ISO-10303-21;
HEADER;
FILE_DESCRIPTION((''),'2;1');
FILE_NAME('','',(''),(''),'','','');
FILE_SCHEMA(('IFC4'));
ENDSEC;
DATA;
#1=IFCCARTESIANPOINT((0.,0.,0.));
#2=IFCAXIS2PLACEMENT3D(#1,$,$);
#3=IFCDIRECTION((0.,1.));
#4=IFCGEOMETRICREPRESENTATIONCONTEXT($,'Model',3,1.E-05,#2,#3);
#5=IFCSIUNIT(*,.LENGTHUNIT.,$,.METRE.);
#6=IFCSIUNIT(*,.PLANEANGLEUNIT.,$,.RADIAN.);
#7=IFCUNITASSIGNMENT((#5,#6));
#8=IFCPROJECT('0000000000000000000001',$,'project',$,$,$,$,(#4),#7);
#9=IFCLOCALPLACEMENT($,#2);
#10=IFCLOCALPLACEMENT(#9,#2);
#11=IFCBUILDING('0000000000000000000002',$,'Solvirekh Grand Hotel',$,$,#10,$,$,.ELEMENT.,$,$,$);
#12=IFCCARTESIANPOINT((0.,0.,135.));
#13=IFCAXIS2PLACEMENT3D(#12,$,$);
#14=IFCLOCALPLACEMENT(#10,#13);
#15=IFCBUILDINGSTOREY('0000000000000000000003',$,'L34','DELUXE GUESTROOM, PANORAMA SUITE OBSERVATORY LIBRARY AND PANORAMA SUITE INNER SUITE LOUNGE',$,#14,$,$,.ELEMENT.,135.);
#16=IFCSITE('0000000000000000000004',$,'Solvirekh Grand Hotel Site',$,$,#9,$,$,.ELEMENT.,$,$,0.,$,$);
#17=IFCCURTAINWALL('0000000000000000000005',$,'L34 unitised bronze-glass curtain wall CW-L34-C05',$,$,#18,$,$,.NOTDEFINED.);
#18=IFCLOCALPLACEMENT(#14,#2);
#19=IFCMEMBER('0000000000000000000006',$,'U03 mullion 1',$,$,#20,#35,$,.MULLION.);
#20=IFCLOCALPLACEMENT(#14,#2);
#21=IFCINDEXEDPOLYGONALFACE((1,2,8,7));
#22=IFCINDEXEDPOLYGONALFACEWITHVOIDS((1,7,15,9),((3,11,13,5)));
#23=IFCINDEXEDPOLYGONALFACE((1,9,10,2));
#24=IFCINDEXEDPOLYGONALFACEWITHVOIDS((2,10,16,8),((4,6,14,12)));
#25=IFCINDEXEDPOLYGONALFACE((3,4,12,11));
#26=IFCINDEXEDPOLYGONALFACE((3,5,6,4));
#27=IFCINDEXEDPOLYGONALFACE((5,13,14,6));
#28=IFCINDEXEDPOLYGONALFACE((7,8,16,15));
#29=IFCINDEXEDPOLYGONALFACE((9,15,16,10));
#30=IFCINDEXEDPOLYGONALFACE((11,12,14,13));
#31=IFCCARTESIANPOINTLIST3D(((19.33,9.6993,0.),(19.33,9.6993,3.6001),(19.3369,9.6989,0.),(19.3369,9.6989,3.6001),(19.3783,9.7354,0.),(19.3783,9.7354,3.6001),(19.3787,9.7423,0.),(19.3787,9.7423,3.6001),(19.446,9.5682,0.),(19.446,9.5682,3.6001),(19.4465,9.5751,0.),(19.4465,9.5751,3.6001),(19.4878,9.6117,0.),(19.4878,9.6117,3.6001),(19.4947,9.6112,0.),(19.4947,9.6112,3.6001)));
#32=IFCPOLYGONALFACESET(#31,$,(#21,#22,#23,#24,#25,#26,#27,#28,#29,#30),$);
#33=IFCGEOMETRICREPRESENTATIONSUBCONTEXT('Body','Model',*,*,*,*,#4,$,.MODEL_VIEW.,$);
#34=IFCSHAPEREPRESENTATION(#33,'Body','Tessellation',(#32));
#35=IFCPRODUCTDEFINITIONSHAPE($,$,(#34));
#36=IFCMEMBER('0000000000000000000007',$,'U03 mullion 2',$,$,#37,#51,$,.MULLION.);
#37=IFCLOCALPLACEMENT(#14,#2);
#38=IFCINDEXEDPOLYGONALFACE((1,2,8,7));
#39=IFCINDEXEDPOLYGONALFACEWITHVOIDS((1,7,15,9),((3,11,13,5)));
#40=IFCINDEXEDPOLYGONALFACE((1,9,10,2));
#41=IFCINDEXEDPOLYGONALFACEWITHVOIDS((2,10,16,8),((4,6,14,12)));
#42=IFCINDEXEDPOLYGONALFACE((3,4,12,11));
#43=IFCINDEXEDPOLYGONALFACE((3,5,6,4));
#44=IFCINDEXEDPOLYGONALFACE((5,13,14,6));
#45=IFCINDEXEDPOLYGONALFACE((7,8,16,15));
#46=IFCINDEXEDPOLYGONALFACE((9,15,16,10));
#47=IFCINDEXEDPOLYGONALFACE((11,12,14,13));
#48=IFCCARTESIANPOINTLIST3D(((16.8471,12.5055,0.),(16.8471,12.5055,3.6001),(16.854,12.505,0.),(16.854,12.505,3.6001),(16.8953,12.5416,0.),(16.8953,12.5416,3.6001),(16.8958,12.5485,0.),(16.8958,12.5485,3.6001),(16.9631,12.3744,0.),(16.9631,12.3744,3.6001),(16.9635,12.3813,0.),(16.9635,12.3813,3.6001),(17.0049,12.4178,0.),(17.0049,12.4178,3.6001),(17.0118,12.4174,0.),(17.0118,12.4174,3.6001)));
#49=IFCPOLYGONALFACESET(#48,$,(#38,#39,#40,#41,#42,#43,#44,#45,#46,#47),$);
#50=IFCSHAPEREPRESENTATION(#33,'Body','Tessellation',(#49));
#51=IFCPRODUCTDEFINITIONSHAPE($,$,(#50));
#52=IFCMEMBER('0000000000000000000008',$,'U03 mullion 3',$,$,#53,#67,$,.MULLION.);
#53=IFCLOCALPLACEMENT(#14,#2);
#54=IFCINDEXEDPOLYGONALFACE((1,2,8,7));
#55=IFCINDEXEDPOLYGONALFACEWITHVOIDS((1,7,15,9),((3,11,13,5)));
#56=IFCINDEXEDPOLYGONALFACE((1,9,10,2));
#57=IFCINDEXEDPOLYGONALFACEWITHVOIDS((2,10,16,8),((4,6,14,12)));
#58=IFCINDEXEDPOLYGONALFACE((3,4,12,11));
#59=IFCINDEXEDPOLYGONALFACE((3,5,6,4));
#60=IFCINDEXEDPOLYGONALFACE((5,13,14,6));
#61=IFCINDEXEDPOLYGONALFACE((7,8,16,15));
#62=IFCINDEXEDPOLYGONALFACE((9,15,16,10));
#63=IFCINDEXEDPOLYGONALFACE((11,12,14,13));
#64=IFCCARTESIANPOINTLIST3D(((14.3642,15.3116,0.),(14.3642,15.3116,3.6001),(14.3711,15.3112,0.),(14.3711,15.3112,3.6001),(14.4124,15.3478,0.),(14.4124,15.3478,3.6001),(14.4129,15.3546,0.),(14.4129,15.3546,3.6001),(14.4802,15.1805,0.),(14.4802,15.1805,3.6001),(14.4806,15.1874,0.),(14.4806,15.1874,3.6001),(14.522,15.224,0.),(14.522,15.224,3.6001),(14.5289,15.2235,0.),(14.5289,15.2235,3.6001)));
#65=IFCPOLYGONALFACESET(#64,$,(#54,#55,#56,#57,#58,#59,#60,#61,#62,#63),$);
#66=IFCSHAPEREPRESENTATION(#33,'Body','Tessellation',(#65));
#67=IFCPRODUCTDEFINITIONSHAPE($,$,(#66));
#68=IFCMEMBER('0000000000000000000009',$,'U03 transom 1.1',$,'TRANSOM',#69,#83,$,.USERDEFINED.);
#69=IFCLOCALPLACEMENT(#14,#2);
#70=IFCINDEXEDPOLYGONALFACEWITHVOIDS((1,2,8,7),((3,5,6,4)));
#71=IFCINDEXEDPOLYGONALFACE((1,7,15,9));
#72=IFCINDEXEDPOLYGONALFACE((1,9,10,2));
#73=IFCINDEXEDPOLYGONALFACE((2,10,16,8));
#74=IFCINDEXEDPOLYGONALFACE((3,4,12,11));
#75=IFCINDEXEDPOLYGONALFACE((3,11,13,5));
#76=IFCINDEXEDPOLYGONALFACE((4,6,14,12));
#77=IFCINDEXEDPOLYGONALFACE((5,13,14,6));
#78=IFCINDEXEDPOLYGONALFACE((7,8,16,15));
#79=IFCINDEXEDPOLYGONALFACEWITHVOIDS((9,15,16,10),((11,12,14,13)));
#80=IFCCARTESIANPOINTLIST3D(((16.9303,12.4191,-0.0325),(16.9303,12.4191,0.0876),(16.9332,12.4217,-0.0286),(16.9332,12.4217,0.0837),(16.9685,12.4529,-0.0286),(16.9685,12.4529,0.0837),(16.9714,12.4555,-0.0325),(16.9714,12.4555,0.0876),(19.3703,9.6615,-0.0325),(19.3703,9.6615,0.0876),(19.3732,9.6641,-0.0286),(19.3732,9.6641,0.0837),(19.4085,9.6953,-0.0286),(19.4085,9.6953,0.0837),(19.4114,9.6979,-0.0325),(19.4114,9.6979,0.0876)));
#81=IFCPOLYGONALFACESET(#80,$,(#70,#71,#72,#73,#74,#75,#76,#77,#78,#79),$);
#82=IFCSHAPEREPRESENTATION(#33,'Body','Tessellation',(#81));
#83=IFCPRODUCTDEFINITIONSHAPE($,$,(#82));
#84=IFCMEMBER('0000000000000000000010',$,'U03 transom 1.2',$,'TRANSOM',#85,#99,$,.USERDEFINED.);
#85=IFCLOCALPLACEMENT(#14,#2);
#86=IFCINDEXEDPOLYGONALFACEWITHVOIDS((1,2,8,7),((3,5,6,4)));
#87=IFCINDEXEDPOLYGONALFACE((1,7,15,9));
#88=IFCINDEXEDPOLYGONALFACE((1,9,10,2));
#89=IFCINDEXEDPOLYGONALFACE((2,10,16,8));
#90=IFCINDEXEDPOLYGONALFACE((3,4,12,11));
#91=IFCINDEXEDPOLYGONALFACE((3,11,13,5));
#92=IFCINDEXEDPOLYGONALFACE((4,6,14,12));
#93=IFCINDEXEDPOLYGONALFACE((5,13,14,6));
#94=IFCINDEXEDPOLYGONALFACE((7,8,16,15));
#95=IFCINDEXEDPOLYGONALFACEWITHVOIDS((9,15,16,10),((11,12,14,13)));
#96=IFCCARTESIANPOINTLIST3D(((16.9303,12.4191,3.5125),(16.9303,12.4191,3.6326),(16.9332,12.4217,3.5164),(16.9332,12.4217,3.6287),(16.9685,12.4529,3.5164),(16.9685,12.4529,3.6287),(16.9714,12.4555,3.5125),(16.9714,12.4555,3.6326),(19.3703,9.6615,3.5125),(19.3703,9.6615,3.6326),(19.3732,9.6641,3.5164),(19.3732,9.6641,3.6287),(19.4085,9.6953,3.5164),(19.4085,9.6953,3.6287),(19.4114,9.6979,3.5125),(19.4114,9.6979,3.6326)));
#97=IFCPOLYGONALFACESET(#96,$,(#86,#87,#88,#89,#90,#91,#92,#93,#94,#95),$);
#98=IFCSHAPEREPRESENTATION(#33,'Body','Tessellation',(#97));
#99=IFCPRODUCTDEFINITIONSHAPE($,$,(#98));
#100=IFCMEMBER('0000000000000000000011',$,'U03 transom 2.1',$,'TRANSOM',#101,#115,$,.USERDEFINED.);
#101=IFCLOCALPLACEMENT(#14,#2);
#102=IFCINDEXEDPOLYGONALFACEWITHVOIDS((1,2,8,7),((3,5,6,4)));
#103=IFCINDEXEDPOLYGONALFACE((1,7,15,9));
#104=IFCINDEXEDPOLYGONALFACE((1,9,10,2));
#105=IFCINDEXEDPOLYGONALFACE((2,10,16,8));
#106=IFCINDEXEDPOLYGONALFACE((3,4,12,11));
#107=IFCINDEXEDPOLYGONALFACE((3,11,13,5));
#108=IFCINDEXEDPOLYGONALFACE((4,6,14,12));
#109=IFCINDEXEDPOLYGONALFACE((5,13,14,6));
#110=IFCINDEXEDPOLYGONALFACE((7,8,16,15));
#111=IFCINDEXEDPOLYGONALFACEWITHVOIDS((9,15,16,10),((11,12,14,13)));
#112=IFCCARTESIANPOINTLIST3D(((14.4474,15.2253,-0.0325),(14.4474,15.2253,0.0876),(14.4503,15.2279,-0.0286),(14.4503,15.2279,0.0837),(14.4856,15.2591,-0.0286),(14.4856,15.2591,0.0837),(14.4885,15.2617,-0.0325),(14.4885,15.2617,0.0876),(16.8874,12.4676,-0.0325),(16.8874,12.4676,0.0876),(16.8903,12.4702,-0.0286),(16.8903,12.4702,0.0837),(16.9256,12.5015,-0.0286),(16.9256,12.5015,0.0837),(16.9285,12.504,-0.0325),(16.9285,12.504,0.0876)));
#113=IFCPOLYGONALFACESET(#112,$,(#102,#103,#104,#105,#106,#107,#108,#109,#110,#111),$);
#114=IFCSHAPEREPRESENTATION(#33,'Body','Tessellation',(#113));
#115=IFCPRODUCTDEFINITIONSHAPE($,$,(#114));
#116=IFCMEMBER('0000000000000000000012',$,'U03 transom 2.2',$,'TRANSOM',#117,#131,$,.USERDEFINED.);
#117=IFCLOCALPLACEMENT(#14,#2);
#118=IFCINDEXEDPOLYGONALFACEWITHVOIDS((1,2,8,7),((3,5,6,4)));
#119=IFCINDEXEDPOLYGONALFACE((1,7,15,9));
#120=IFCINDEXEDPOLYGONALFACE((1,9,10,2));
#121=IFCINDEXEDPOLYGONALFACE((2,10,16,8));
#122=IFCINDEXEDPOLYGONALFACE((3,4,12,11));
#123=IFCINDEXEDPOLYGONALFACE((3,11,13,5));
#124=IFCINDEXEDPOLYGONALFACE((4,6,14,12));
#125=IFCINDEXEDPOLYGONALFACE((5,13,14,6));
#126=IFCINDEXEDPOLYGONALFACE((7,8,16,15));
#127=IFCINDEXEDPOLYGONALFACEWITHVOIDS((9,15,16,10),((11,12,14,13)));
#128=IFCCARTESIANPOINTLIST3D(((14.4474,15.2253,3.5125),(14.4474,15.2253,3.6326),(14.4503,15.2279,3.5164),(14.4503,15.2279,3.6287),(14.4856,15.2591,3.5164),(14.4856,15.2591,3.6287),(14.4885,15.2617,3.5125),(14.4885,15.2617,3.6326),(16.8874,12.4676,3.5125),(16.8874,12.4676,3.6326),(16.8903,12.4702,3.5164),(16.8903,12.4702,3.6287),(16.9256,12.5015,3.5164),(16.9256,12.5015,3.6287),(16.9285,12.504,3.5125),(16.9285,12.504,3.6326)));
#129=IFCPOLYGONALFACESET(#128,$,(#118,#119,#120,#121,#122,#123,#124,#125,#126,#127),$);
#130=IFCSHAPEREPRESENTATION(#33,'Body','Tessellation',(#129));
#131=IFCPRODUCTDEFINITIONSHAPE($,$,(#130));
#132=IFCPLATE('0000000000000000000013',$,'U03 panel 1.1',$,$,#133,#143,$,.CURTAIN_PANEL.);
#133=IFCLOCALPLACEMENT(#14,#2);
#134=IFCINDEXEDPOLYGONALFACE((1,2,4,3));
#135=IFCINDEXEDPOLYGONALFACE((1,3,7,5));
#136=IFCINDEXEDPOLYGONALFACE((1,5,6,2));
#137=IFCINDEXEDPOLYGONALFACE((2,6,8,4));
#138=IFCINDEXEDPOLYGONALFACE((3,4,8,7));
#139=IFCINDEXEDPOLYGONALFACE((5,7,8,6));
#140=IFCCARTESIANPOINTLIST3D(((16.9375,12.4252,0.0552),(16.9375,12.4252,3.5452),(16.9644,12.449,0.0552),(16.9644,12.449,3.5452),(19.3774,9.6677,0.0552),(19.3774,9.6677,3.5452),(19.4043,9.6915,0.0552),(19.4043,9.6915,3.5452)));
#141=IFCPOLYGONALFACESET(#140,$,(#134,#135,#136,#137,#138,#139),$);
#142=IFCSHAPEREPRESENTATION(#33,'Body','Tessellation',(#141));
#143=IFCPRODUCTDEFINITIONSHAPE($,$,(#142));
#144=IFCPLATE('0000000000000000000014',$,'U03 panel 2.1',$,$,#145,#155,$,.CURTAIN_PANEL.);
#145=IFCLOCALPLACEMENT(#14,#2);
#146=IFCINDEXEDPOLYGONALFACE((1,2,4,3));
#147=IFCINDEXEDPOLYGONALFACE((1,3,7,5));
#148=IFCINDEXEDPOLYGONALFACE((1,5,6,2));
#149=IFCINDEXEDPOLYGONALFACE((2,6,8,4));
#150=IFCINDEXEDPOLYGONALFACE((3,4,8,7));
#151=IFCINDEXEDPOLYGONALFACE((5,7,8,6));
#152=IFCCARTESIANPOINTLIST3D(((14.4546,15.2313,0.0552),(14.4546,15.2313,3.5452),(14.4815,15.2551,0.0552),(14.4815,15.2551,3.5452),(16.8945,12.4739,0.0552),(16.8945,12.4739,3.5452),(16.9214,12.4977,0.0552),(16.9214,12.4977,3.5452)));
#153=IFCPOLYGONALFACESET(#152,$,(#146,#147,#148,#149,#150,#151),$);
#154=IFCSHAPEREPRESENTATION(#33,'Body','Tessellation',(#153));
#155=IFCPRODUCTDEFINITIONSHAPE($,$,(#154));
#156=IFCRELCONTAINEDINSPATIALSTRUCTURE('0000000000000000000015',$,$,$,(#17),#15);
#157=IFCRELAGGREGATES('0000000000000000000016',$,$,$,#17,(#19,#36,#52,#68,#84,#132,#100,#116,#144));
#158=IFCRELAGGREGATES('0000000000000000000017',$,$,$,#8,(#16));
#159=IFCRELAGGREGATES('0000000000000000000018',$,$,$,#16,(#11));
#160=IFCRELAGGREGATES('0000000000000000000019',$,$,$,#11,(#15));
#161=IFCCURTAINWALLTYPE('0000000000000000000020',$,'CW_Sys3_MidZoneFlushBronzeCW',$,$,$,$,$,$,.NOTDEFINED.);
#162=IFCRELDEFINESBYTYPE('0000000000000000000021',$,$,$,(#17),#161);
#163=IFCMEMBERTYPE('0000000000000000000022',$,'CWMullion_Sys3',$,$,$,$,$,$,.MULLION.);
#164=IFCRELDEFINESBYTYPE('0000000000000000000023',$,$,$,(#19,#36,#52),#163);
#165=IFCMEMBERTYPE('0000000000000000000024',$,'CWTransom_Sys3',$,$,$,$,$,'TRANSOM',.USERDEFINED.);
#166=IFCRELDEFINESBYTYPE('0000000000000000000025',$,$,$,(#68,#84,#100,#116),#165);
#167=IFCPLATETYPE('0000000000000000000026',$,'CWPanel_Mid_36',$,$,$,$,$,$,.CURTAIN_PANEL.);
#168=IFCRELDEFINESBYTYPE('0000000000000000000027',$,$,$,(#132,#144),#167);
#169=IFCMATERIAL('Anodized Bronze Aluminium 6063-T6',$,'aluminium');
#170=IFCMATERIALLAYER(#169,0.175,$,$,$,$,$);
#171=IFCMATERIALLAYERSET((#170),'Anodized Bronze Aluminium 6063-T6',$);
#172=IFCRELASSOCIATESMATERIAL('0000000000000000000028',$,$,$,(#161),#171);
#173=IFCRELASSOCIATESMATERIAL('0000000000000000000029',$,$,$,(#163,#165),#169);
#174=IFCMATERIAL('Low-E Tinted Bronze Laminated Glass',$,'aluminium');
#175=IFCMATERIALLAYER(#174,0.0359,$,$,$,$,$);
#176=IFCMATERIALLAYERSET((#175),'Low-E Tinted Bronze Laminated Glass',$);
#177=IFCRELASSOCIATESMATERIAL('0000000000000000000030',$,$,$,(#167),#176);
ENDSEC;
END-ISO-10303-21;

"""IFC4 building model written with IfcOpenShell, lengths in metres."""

from ifc_helpers import new_model, si_unit, direction, frame, origin, origin_2d, place, context, subcontext, project, spatial, rectangle, hollow_rectangle, extrude, source, transform, mapped, material, layer, layer_set, material_profile, profile_set, type_object, element, aggregate, save


model = new_model("IFC4")

# Units and contexts
model_context = context("Model", 3, precision=1e-05, world=origin(), true_north=direction((0.0, 1.0)))
body_context = subcontext(model_context, "Body", "Model", "MODEL_VIEW")
ifc_project = project(units=[si_unit("LENGTHUNIT", "METRE"), si_unit("PLANEANGLEUNIT", "RADIAN")], contexts=[model_context])

# Site, building, storey
site_placement = place(None, origin())
site = spatial("IfcSite", under=ifc_project, at=site_placement, Name="Solvirekh Grand Hotel Site", CompositionType="ELEMENT", RefElevation=0.0)
building_placement = place(site_placement, origin())
building = spatial("IfcBuilding", under=site, at=building_placement, Name="Solvirekh Grand Hotel", CompositionType="ELEMENT")
storey_placement = place(building_placement, frame((0.0, 0.0, 135.0)))
storey = spatial("IfcBuildingStorey", under=building, at=storey_placement, Name="L34", Description="DELUXE GUESTROOM, PANORAMA SUITE OBSERVATORY LIBRARY AND PANORAMA SUITE INNER SUITE LOUNGE", CompositionType="ELEMENT", Elevation=135.0)

# Curtain wall, members, plates
ifc_material_1 = material(Name="Anodized Bronze Aluminium 6063-T6", Category="aluminium")
ifc_layer_1 = layer(ifc_material_1, 0.175)
ifc_layer_set_1 = layer_set([ifc_layer_1], Name="Anodized Bronze Aluminium 6063-T6")
curtain_wall_type = type_object("IfcCurtainWallType", Name="CW_Sys3_MidZoneFlushBronzeCW", PredefinedType="NOTDEFINED", material=ifc_layer_set_1)
curtain_wall_placement = place(storey_placement, origin())
curtain_wall = element("IfcCurtainWall", 1, at=curtain_wall_placement, inside=storey, type_object=curtain_wall_type, Name="L34 unitised bronze-glass curtain wall CW-L34-C05", PredefinedType="NOTDEFINED")
ifc_material_profile_1 = material_profile(ifc_material_1, hollow_rectangle(XDim=0.0649, YDim=0.175, WallThickness=0.0049, at=origin_2d()), Name="ALU RHS 175X65X5")
ifc_profile_set_1 = profile_set([ifc_material_profile_1], Name="Anodized Bronze Aluminium 6063-T6")
member_type_1 = type_object("IfcMemberType", Name="CWMullion_Sys3", PredefinedType="MULLION", material=ifc_profile_set_1)
shared_shape_1 = source(origin(), body_context, "Body", "SweptSolid", [
    extrude(hollow_rectangle(XDim=0.0649, YDim=0.175, WallThickness=0.0049, at=origin_2d()), origin(), (0.0, 0.0, 1.0), 3.6001),
])
member_1_placement = place(storey_placement, frame((19.4124, 9.6553, 0.0), z_axis=(0.0, 0.0, 1.0), x_axis=(-0.748918, -0.662662, 0.0)))
member_1 = element("IfcMember", 2, at=member_1_placement, type_object=member_type_1, Name="U03 mullion 1", PredefinedType="MULLION", context=body_context, shape_type="MappedRepresentation", body=[
    mapped(shared_shape_1, transform((0.0, 0.0, 0.0), x_axis=(1.0, 0.0, 0.0), y_axis=(0.0, 1.0, 0.0), z_axis=(0.0, 0.0, 1.0), scale=1.0)),
])
member_2_placement = place(storey_placement, frame((16.9294, 12.4614, 0.0), z_axis=(0.0, 0.0, 1.0), x_axis=(-0.748918, -0.662662, 0.0)))
member_2 = element("IfcMember", 3, at=member_2_placement, type_object=member_type_1, Name="U03 mullion 2", PredefinedType="MULLION", context=body_context, shape_type="MappedRepresentation", body=[
    mapped(shared_shape_1, transform((0.0, 0.0, 0.0), x_axis=(1.0, 0.0, 0.0), y_axis=(0.0, 1.0, 0.0), z_axis=(0.0, 0.0, 1.0), scale=1.0)),
])
member_3_placement = place(storey_placement, frame((14.4465, 15.2676, 0.0), z_axis=(0.0, 0.0, 1.0), x_axis=(-0.748918, -0.662662, 0.0)))
member_3 = element("IfcMember", 4, at=member_3_placement, type_object=member_type_1, Name="U03 mullion 3", PredefinedType="MULLION", context=body_context, shape_type="MappedRepresentation", body=[
    mapped(shared_shape_1, transform((0.0, 0.0, 0.0), x_axis=(1.0, 0.0, 0.0), y_axis=(0.0, 1.0, 0.0), z_axis=(0.0, 0.0, 1.0), scale=1.0)),
])
ifc_material_profile_2 = material_profile(ifc_material_1, hollow_rectangle(XDim=0.0549, YDim=0.1201, WallThickness=0.0039, at=origin_2d()), Name="ALU RHS 120X55X4")
ifc_profile_set_2 = profile_set([ifc_material_profile_2], Name="Anodized Bronze Aluminium 6063-T6")
member_type_2 = type_object("IfcMemberType", Name="CWTransom_Sys3", ElementType="TRANSOM", PredefinedType="USERDEFINED", material=ifc_profile_set_2)
shared_shape_2 = source(origin(), body_context, "Body", "SweptSolid", [
    extrude(hollow_rectangle(XDim=0.0549, YDim=0.1201, WallThickness=0.0039, at=origin_2d()), origin(), (0.0, 0.0, 1.0), 3.6821),
])
member_4_placement = place(storey_placement, frame((19.3909, 9.6797, 0.0276), z_axis=(-0.662658, 0.748922, 0.0), x_axis=(-0.748922, -0.662658, 0.0)))
member_4 = element("IfcMember", 5, at=member_4_placement, type_object=member_type_2, Name="U03 transom 1.1", ObjectType="TRANSOM", PredefinedType="USERDEFINED", context=body_context, shape_type="MappedRepresentation", body=[
    mapped(shared_shape_2, transform((0.0, 0.0, 0.0), x_axis=(1.0, 0.0, 0.0), y_axis=(0.0, 1.0, 0.0), z_axis=(0.0, 0.0, 1.0), scale=1.0)),
])
member_5_placement = place(storey_placement, frame((19.3909, 9.6797, 3.5725), z_axis=(-0.662658, 0.748922, 0.0), x_axis=(-0.748922, -0.662658, 0.0)))
member_5 = element("IfcMember", 6, at=member_5_placement, type_object=member_type_2, Name="U03 transom 1.2", ObjectType="TRANSOM", PredefinedType="USERDEFINED", context=body_context, shape_type="MappedRepresentation", body=[
    mapped(shared_shape_2, transform((0.0, 0.0, 0.0), x_axis=(1.0, 0.0, 0.0), y_axis=(0.0, 1.0, 0.0), z_axis=(0.0, 0.0, 1.0), scale=1.0)),
])
member_6_placement = place(storey_placement, frame((16.908, 12.4858, 0.0276), z_axis=(-0.662658, 0.748922, 0.0), x_axis=(-0.748922, -0.662658, 0.0)))
member_6 = element("IfcMember", 7, at=member_6_placement, type_object=member_type_2, Name="U03 transom 2.1", ObjectType="TRANSOM", PredefinedType="USERDEFINED", context=body_context, shape_type="MappedRepresentation", body=[
    mapped(shared_shape_2, transform((0.0, 0.0, 0.0), x_axis=(1.0, 0.0, 0.0), y_axis=(0.0, 1.0, 0.0), z_axis=(0.0, 0.0, 1.0), scale=1.0)),
])
member_7_placement = place(storey_placement, frame((16.908, 12.4858, 3.5725), z_axis=(-0.662658, 0.748922, 0.0), x_axis=(-0.748922, -0.662658, 0.0)))
member_7 = element("IfcMember", 8, at=member_7_placement, type_object=member_type_2, Name="U03 transom 2.2", ObjectType="TRANSOM", PredefinedType="USERDEFINED", context=body_context, shape_type="MappedRepresentation", body=[
    mapped(shared_shape_2, transform((0.0, 0.0, 0.0), x_axis=(1.0, 0.0, 0.0), y_axis=(0.0, 1.0, 0.0), z_axis=(0.0, 0.0, 1.0), scale=1.0)),
])
ifc_material_2 = material(Name="Low-E Tinted Bronze Laminated Glass", Category="aluminium")
ifc_layer_2 = layer(ifc_material_2, 0.0359)
ifc_layer_set_2 = layer_set([ifc_layer_2], Name="Low-E Tinted Bronze Laminated Glass")
plate_type = type_object("IfcPlateType", Name="CWPanel_Mid_36", PredefinedType="CURTAIN_PANEL", material=ifc_layer_set_2)
shared_shape_3 = source(origin(), body_context, "Body", "SweptSolid", [
    extrude(rectangle(XDim=3.6819, YDim=0.0359, at=origin_2d()), origin(), (0.0, 0.0, 1.0), 3.49),
])
plate_1_placement = place(storey_placement, frame((18.1709, 11.0583, 0.0552), z_axis=(0.0, 0.0, 1.0), x_axis=(-0.662662, 0.748918, 0.0)))
plate_1 = element("IfcPlate", 9, at=plate_1_placement, type_object=plate_type, Name="U03 panel 1.1", PredefinedType="CURTAIN_PANEL", context=body_context, shape_type="MappedRepresentation", body=[
    mapped(shared_shape_3, transform((0.0, 0.0, 0.0), x_axis=(1.0, 0.0, 0.0), y_axis=(0.0, 1.0, 0.0), z_axis=(0.0, 0.0, 1.0), scale=1.0)),
])
plate_2_placement = place(storey_placement, frame((15.688, 13.8645, 0.0552), z_axis=(0.0, 0.0, 1.0), x_axis=(-0.662662, 0.748918, 0.0)))
plate_2 = element("IfcPlate", 10, at=plate_2_placement, type_object=plate_type, Name="U03 panel 2.1", PredefinedType="CURTAIN_PANEL", context=body_context, shape_type="MappedRepresentation", body=[
    mapped(shared_shape_3, transform((0.0, 0.0, 0.0), x_axis=(1.0, 0.0, 0.0), y_axis=(0.0, 1.0, 0.0), z_axis=(0.0, 0.0, 1.0), scale=1.0)),
])
aggregate(curtain_wall, [member_1, member_2, member_3, member_4, member_5, plate_1, member_6, member_7, plate_2])

save(model, "model.ifc")
